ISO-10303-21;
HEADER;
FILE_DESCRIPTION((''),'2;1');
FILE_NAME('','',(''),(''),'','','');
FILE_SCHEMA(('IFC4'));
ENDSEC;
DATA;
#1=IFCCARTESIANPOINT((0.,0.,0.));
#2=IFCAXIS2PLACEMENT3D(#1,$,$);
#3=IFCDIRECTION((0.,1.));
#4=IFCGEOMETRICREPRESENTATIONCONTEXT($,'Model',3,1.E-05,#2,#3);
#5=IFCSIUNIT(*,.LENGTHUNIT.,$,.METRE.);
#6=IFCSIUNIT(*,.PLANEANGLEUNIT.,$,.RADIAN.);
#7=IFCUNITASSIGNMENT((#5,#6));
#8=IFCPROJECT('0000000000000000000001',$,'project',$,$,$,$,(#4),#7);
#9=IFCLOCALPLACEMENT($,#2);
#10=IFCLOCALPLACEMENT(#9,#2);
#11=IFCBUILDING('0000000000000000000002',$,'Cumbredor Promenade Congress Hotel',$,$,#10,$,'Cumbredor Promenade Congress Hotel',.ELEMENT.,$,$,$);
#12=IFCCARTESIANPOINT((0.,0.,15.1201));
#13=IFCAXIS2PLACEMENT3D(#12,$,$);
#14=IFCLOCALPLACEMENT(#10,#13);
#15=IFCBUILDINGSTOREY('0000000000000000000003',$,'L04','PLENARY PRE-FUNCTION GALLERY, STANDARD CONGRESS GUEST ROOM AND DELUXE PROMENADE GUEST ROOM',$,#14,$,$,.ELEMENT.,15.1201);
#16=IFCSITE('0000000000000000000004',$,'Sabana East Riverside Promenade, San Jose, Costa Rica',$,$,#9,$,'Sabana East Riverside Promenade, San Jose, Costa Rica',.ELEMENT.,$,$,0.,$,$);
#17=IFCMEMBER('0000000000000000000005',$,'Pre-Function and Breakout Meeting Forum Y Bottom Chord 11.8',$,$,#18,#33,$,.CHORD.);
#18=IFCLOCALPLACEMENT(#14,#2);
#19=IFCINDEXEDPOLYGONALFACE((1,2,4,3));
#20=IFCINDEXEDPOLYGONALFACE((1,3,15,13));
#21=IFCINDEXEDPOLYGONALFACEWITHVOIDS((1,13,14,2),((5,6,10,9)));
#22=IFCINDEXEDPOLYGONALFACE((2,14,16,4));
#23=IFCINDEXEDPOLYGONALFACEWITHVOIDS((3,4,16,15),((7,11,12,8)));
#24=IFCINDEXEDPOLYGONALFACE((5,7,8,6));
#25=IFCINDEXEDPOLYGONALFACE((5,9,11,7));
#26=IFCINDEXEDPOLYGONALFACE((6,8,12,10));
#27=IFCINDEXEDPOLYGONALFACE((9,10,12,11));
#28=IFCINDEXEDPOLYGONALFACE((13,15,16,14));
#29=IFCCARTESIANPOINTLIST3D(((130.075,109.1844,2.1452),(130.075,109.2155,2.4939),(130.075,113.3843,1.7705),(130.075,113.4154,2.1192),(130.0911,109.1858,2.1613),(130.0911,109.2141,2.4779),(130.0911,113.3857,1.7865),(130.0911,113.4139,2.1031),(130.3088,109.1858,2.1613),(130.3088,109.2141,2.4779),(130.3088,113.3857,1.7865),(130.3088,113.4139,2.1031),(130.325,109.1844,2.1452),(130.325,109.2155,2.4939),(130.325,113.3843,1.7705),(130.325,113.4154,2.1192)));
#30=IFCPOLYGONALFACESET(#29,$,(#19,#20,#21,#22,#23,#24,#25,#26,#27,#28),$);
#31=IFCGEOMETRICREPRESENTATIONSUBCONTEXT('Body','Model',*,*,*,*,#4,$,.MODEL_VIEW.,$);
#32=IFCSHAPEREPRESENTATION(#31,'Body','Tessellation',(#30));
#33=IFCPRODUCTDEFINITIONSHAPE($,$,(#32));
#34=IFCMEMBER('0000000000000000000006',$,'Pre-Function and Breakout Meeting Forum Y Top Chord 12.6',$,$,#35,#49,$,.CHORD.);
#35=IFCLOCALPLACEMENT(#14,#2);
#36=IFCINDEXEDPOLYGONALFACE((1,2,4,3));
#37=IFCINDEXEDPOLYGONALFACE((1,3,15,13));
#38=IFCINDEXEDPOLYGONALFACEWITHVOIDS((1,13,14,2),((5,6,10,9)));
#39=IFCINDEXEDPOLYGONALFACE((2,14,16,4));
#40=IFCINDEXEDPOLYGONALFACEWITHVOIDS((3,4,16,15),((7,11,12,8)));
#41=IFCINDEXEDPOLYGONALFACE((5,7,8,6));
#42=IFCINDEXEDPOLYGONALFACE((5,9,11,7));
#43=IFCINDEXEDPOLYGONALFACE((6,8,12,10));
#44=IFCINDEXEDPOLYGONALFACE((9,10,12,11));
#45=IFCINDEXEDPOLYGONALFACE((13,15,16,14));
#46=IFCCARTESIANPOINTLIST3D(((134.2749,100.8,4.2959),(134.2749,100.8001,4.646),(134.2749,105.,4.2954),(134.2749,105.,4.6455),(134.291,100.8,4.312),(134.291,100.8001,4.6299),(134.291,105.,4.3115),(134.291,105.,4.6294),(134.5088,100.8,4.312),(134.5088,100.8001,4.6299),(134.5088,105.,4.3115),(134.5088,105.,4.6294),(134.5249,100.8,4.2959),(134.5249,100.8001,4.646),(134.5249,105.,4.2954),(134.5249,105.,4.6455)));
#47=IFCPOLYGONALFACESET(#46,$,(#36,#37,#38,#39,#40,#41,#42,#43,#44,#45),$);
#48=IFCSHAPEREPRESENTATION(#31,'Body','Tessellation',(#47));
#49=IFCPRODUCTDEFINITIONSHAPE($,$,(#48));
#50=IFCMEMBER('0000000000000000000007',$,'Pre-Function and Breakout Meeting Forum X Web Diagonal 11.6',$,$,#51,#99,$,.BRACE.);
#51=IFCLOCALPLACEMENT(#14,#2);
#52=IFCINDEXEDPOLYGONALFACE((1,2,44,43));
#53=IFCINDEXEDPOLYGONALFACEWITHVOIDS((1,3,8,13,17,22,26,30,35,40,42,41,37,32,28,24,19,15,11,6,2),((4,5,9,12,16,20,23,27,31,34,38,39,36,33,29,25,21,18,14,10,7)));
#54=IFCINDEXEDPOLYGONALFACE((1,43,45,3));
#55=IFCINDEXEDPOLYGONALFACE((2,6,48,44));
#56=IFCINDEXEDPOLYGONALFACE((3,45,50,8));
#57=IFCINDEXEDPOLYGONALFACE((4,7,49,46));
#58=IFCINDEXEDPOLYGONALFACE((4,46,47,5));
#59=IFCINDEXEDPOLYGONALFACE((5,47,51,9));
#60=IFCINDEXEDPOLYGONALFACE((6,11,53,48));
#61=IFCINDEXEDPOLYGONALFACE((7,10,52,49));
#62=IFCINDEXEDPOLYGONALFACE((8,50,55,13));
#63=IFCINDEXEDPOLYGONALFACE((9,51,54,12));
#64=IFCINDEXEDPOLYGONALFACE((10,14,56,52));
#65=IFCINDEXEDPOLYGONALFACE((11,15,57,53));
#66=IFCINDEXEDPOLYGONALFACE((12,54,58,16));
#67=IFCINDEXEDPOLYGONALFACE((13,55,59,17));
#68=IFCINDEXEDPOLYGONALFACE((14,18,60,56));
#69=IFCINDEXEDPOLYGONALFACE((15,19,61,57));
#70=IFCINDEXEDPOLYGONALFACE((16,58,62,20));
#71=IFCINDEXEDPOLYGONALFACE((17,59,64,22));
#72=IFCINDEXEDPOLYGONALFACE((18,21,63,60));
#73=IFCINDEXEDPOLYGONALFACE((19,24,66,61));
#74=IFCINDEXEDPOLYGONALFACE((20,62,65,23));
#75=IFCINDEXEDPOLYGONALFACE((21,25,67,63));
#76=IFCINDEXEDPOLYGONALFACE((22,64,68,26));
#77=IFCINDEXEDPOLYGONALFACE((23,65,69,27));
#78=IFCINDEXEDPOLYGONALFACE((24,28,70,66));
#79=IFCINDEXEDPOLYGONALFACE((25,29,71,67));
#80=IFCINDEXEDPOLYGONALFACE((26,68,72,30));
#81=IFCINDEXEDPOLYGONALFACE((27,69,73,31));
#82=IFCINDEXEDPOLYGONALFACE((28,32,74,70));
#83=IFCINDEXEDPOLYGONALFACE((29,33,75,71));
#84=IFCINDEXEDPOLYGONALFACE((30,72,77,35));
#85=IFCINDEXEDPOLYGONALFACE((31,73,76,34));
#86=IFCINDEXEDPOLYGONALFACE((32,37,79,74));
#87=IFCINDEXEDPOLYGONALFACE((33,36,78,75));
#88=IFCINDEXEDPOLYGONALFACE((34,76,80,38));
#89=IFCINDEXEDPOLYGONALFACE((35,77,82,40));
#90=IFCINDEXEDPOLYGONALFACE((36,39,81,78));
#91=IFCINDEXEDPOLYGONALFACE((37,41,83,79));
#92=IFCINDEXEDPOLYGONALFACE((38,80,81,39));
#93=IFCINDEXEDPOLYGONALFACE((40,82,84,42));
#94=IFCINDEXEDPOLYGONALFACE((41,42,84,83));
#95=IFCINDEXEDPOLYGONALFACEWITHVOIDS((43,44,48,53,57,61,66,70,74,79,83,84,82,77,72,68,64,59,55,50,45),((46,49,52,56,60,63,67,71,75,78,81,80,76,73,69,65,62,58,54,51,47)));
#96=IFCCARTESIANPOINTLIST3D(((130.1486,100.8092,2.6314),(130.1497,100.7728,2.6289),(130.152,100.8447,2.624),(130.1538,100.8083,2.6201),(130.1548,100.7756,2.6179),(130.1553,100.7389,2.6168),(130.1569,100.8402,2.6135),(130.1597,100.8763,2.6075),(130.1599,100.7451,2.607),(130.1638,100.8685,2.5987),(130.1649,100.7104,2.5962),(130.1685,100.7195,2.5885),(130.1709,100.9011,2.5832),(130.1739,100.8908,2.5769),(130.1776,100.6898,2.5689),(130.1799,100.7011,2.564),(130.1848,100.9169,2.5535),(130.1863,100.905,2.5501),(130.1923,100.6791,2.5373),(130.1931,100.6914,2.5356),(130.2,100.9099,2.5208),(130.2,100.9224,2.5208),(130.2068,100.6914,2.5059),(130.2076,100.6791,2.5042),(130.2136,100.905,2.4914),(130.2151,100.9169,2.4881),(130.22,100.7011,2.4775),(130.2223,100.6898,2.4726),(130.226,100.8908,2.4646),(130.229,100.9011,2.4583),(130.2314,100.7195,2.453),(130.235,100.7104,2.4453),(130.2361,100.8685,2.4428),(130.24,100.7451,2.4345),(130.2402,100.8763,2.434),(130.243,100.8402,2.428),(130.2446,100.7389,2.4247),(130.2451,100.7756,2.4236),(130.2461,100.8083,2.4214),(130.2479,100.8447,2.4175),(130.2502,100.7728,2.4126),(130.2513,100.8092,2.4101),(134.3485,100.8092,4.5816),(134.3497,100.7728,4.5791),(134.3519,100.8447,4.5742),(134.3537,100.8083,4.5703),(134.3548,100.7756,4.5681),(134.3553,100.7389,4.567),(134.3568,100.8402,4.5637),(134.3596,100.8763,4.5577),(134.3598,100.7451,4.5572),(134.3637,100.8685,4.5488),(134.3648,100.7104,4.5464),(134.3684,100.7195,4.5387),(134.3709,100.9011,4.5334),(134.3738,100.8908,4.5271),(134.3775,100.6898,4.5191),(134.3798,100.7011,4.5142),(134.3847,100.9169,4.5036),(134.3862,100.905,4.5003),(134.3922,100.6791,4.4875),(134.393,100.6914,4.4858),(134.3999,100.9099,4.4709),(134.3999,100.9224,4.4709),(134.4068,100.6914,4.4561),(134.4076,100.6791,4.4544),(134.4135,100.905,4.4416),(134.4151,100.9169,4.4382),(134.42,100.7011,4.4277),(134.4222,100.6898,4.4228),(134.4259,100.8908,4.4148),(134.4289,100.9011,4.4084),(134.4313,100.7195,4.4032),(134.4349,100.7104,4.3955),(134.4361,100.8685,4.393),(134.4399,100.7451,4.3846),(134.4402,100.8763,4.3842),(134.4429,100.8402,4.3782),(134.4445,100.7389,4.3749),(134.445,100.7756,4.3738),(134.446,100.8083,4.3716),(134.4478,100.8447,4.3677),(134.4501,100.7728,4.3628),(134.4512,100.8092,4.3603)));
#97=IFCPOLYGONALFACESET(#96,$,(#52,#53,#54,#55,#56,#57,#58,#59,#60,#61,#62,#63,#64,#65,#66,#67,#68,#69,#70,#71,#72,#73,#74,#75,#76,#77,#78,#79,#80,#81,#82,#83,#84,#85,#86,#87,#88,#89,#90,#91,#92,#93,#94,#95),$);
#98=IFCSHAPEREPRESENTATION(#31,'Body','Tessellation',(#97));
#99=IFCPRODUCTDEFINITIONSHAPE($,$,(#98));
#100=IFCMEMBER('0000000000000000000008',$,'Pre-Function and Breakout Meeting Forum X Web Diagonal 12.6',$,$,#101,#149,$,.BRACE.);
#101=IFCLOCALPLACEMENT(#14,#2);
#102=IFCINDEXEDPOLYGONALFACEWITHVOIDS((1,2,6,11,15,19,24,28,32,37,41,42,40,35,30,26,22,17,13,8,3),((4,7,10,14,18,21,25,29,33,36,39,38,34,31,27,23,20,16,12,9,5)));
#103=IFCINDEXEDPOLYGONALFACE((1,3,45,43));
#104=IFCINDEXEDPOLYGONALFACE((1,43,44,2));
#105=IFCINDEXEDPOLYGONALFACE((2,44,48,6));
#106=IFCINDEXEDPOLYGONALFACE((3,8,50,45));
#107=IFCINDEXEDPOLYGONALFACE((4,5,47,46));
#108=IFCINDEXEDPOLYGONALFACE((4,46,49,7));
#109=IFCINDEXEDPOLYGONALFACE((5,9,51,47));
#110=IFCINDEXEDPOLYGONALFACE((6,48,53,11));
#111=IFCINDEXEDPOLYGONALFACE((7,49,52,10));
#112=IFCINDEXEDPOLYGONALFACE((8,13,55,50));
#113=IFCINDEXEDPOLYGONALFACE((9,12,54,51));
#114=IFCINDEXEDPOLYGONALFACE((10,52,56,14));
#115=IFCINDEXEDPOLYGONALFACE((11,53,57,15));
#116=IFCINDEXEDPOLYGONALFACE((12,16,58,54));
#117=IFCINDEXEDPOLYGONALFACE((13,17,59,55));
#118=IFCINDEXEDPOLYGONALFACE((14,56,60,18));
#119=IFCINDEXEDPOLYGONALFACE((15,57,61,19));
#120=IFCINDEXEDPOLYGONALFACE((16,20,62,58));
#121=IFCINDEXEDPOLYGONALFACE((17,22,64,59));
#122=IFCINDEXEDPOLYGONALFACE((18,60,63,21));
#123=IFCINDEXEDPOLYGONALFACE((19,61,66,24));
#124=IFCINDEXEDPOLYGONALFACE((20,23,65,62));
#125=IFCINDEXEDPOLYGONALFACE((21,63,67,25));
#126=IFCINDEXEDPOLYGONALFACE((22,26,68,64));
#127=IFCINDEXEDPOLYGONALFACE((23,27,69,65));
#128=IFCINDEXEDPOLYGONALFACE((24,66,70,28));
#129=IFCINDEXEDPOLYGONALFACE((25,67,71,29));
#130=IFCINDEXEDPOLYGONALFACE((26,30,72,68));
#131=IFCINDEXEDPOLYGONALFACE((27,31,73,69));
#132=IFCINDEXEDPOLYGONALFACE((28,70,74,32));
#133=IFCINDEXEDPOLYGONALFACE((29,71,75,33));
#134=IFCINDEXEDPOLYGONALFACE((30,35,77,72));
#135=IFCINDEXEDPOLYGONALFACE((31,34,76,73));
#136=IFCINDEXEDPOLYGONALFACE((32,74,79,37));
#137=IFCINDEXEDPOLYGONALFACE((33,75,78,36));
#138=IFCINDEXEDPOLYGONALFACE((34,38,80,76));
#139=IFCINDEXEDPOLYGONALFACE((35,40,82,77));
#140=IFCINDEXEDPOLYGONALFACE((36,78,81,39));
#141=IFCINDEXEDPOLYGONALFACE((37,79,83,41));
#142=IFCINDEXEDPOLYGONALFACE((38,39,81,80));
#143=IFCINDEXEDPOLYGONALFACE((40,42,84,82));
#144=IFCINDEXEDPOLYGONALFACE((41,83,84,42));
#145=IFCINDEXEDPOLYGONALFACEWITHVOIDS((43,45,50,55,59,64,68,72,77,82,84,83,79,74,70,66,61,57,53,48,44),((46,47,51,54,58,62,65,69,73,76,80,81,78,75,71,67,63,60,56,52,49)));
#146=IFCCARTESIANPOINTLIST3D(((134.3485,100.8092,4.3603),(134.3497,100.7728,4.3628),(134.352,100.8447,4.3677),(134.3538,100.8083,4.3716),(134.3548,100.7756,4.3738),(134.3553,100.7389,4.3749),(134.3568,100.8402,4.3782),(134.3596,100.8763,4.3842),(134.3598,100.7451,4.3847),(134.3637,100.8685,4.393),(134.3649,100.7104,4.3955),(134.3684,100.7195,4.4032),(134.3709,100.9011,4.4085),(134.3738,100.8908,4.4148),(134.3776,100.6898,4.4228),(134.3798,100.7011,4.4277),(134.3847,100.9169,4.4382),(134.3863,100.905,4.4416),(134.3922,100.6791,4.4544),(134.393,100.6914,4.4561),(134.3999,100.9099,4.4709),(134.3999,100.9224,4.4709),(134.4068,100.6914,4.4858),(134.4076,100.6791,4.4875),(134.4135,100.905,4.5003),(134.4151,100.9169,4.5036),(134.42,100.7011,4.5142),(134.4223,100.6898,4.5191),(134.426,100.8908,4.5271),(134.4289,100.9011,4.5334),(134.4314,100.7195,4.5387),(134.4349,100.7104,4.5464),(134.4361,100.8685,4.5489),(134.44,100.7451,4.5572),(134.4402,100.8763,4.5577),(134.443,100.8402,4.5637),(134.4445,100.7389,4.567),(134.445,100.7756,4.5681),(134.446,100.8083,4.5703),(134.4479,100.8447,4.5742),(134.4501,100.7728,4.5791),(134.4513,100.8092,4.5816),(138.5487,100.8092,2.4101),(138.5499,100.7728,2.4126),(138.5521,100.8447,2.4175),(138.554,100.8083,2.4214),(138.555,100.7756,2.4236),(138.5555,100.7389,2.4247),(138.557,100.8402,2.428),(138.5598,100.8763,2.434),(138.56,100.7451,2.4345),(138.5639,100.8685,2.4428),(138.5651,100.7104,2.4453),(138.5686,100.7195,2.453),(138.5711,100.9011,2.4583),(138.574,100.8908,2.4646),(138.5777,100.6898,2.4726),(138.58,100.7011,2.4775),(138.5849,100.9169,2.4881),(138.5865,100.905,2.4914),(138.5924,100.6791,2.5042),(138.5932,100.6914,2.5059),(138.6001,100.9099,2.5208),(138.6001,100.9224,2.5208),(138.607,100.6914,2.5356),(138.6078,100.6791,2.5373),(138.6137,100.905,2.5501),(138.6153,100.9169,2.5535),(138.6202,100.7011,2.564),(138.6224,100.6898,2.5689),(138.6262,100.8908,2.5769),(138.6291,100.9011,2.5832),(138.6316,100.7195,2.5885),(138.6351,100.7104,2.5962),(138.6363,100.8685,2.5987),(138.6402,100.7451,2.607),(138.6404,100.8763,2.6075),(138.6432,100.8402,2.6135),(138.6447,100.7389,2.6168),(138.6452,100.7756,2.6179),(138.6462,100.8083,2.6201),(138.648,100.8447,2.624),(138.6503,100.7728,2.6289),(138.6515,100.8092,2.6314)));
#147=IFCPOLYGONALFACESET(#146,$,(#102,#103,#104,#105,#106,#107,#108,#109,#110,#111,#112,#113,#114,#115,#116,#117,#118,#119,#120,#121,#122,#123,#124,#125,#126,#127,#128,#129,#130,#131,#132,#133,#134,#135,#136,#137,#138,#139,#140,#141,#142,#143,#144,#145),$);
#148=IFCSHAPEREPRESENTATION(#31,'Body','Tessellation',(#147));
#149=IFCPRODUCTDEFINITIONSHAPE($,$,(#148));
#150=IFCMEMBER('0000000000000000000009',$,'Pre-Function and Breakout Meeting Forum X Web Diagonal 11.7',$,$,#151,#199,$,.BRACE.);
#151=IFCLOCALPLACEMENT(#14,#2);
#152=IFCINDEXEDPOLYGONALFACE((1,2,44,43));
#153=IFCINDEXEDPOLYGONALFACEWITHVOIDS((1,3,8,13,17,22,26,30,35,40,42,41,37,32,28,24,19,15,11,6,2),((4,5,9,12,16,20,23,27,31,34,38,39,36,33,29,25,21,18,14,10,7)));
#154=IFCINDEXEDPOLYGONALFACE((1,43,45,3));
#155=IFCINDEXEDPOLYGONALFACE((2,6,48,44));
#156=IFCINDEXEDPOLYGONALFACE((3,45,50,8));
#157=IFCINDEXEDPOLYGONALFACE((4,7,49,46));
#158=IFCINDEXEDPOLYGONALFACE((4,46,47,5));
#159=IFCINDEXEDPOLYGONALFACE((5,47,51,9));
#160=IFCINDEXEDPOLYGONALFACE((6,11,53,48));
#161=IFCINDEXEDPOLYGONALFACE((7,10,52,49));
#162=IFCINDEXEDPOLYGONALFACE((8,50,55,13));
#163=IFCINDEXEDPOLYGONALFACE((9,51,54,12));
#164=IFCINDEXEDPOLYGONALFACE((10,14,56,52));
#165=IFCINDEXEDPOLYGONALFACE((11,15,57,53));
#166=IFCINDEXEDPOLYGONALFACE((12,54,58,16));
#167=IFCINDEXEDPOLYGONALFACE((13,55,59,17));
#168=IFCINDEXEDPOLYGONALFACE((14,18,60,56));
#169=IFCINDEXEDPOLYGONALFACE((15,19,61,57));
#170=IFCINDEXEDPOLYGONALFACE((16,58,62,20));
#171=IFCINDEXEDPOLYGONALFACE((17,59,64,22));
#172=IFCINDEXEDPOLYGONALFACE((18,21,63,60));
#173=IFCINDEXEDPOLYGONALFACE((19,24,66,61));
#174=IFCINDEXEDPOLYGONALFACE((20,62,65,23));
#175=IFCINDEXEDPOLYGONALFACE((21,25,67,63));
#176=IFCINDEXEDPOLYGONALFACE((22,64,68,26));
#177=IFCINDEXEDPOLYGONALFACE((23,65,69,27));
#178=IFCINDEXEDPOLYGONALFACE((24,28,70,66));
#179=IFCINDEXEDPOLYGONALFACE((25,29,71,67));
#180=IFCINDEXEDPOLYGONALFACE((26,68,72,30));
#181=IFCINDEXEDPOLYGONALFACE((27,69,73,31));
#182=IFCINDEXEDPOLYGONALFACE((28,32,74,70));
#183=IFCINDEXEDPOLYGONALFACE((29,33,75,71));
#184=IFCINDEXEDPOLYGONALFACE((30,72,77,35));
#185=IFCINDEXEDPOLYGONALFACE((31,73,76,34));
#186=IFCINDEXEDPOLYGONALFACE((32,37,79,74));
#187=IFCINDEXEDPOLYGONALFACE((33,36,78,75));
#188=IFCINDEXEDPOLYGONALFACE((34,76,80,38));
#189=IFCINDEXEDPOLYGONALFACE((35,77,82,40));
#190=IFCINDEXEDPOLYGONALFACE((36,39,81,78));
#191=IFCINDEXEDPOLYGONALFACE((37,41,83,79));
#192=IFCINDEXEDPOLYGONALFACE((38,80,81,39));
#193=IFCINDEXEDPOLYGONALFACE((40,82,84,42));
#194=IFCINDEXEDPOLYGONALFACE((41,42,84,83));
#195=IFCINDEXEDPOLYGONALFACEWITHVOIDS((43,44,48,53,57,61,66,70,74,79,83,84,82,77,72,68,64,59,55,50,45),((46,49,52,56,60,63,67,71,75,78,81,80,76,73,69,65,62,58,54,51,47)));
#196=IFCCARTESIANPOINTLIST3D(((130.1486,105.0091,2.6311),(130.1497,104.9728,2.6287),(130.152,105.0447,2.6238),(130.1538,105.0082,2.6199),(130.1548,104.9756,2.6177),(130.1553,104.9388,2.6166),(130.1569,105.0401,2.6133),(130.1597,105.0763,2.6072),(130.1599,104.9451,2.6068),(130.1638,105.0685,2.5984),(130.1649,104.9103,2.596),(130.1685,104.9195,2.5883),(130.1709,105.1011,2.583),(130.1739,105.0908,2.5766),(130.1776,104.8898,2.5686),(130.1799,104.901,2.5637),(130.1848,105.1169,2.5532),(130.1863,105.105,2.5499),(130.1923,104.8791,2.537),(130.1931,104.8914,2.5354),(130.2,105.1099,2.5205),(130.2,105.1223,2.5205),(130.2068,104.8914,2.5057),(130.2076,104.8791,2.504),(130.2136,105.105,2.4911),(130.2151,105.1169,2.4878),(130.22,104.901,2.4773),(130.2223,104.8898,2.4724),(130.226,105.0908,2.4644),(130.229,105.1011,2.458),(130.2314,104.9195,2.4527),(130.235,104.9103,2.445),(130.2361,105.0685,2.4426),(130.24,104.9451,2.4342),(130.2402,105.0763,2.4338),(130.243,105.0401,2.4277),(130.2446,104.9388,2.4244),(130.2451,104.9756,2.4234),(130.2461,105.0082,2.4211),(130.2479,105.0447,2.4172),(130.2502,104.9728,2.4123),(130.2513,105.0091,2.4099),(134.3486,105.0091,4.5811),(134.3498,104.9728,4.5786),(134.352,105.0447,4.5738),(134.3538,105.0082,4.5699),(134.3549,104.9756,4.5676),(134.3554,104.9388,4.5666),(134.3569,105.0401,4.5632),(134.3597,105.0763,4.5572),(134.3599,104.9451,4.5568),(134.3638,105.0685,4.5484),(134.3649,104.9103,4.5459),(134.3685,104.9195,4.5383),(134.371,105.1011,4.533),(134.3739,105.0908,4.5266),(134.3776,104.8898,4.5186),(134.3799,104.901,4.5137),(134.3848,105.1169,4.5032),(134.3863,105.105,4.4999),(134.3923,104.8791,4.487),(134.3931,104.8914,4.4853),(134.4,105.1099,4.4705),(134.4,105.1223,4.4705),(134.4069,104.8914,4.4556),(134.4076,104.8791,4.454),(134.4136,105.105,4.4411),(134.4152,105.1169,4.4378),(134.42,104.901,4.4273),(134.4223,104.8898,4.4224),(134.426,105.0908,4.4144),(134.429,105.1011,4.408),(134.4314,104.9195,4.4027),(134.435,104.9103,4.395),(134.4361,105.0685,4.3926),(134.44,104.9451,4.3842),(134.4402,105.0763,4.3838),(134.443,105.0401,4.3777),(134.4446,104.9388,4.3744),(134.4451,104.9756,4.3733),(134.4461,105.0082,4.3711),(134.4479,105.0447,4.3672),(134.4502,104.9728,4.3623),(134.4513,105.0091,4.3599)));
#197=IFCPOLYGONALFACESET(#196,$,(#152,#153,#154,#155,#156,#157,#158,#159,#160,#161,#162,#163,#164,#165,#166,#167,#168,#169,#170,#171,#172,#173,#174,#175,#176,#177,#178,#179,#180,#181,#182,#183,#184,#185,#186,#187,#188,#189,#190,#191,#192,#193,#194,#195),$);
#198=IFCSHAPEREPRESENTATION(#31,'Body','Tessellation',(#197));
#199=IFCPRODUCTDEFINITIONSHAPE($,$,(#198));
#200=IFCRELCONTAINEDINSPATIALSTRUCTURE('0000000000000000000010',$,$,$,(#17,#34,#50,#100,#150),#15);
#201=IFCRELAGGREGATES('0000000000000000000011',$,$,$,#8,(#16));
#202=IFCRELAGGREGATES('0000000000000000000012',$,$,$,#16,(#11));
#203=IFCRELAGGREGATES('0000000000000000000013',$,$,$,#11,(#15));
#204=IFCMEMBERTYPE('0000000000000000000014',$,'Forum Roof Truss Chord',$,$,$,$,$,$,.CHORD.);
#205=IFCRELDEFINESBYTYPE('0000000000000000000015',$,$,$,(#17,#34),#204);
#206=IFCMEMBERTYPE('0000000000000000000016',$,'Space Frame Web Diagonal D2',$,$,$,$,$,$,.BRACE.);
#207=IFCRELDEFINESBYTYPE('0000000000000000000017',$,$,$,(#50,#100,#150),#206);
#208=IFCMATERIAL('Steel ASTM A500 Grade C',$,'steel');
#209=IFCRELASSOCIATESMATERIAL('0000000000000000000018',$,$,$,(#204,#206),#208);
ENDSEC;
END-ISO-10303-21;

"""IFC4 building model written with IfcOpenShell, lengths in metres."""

from ifc_helpers import new_model, si_unit, direction, frame, origin, origin_2d, place, context, subcontext, project, spatial, hollow_rectangle, hollow_circle, extrude, material, material_profile, profile_set, type_object, element, save


model = new_model("IFC4")

# Units and contexts
model_context = context("Model", 3, precision=1e-05, world=origin(), true_north=direction((0.0, 1.0)))
body_context = subcontext(model_context, "Body", "Model", "MODEL_VIEW")
ifc_project = project(units=[si_unit("LENGTHUNIT", "METRE"), si_unit("PLANEANGLEUNIT", "RADIAN")], contexts=[model_context])

# Site, building, storey
site_placement = place(None, origin())
site = spatial("IfcSite", under=ifc_project, at=site_placement, Name="Sabana East Riverside Promenade, San Jose, Costa Rica", LongName="Sabana East Riverside Promenade, San Jose, Costa Rica", CompositionType="ELEMENT", RefElevation=0.0)
building_placement = place(site_placement, origin())
building = spatial("IfcBuilding", under=site, at=building_placement, Name="Cumbredor Promenade Congress Hotel", LongName="Cumbredor Promenade Congress Hotel", CompositionType="ELEMENT")
storey_placement = place(building_placement, frame((0.0, 0.0, 15.1201)))
storey = spatial("IfcBuildingStorey", under=building, at=storey_placement, Name="L04", Description="PLENARY PRE-FUNCTION GALLERY, STANDARD CONGRESS GUEST ROOM AND DELUXE PROMENADE GUEST ROOM", CompositionType="ELEMENT", Elevation=15.1201)

# Members
ifc_material_1 = material(Name="Steel ASTM A500 Grade C", Category="steel")
ifc_material_profile_1 = material_profile(ifc_material_1, hollow_rectangle(XDim=0.25, YDim=0.3501, WallThickness=0.0161, at=origin_2d()), Name="HSS 350x250x16")
ifc_profile_set_1 = profile_set([ifc_material_profile_1], Name="Steel ASTM A500 Grade C")
member_type_1 = type_object("IfcMemberType", Name="Forum Roof Truss Chord", PredefinedType="CHORD", material=ifc_profile_set_1)
for number, where, z_axis, x_axis, name in (
    (1, (130.2, 109.2, 2.3196), (0.0, 0.996043, -0.088876), (-1.0, 0.0, 0.0), "Pre-Function and Breakout Meeting Forum Y Bottom Chord 11.8"),
):
    element("IfcMember", number, at=place(storey_placement, frame(where, z_axis=z_axis, x_axis=x_axis)), inside=storey, type_object=member_type_1, Name=name, PredefinedType="CHORD", context=body_context, shape_type="SweptSolid", body=[
        extrude(hollow_rectangle(XDim=0.25, YDim=0.3501, WallThickness=0.0161, at=origin_2d()), origin(), (0.0, 0.0, 1.0), 4.2166),
    ])
member_1_placement = place(storey_placement, frame((134.3999, 100.8, 4.4709), z_axis=(0.0, 1.0, -0.000116), x_axis=(-1.0, 0.0, 0.0)))
element("IfcMember", 2, at=member_1_placement, inside=storey, type_object=member_type_1, Name="Pre-Function and Breakout Meeting Forum Y Top Chord 12.6", PredefinedType="CHORD", context=body_context, shape_type="SweptSolid", body=[
    extrude(hollow_rectangle(XDim=0.25, YDim=0.3501, WallThickness=0.0161, at=origin_2d()), origin(), (0.0, 0.0, 1.0), 4.2),
])
ifc_material_profile_2 = material_profile(ifc_material_1, hollow_circle(Radius=0.1223, WallThickness=0.0125, at=origin_2d()), Name="CHS 244.5x12.5")
ifc_profile_set_2 = profile_set([ifc_material_profile_2], Name="Steel ASTM A500 Grade C")
member_type_2 = type_object("IfcMemberType", Name="Space Frame Web Diagonal D2", PredefinedType="BRACE", material=ifc_profile_set_2)
member_2_placement = place(storey_placement, frame((130.2, 100.8, 2.5208), z_axis=(0.906991, 0.0, 0.42115), x_axis=(0.0, 1.0, 0.0)))
element("IfcMember", 3, at=member_2_placement, inside=storey, type_object=member_type_2, Name="Pre-Function and Breakout Meeting Forum X Web Diagonal 11.6", PredefinedType="BRACE", context=body_context, shape_type="SweptSolid", body=[
    extrude(hollow_circle(Radius=0.1223, WallThickness=0.0125, at=origin_2d()), origin(), (0.0, 0.0, 1.0), 4.6306),
])
member_3_placement = place(storey_placement, frame((134.3999, 100.8, 4.4709), z_axis=(0.907, 0.0, -0.42113), x_axis=(0.0, 1.0, 0.0)))
element("IfcMember", 4, at=member_3_placement, inside=storey, type_object=member_type_2, Name="Pre-Function and Breakout Meeting Forum X Web Diagonal 12.6", PredefinedType="BRACE", context=body_context, shape_type="SweptSolid", body=[
    extrude(hollow_circle(Radius=0.1223, WallThickness=0.0125, at=origin_2d()), origin(), (0.0, 0.0, 1.0), 4.6309),
])
member_4_placement = place(storey_placement, frame((130.2, 105.0, 2.5205), z_axis=(0.907011, 0.0, 0.421107), x_axis=(0.0, 1.0, 0.0)))
element("IfcMember", 5, at=member_4_placement, inside=storey, type_object=member_type_2, Name="Pre-Function and Breakout Meeting Forum X Web Diagonal 11.7", PredefinedType="BRACE", context=body_context, shape_type="SweptSolid", body=[
    extrude(hollow_circle(Radius=0.1223, WallThickness=0.0125, at=origin_2d()), origin(), (0.0, 0.0, 1.0), 4.6306),
])

save(model, "model.ifc")
